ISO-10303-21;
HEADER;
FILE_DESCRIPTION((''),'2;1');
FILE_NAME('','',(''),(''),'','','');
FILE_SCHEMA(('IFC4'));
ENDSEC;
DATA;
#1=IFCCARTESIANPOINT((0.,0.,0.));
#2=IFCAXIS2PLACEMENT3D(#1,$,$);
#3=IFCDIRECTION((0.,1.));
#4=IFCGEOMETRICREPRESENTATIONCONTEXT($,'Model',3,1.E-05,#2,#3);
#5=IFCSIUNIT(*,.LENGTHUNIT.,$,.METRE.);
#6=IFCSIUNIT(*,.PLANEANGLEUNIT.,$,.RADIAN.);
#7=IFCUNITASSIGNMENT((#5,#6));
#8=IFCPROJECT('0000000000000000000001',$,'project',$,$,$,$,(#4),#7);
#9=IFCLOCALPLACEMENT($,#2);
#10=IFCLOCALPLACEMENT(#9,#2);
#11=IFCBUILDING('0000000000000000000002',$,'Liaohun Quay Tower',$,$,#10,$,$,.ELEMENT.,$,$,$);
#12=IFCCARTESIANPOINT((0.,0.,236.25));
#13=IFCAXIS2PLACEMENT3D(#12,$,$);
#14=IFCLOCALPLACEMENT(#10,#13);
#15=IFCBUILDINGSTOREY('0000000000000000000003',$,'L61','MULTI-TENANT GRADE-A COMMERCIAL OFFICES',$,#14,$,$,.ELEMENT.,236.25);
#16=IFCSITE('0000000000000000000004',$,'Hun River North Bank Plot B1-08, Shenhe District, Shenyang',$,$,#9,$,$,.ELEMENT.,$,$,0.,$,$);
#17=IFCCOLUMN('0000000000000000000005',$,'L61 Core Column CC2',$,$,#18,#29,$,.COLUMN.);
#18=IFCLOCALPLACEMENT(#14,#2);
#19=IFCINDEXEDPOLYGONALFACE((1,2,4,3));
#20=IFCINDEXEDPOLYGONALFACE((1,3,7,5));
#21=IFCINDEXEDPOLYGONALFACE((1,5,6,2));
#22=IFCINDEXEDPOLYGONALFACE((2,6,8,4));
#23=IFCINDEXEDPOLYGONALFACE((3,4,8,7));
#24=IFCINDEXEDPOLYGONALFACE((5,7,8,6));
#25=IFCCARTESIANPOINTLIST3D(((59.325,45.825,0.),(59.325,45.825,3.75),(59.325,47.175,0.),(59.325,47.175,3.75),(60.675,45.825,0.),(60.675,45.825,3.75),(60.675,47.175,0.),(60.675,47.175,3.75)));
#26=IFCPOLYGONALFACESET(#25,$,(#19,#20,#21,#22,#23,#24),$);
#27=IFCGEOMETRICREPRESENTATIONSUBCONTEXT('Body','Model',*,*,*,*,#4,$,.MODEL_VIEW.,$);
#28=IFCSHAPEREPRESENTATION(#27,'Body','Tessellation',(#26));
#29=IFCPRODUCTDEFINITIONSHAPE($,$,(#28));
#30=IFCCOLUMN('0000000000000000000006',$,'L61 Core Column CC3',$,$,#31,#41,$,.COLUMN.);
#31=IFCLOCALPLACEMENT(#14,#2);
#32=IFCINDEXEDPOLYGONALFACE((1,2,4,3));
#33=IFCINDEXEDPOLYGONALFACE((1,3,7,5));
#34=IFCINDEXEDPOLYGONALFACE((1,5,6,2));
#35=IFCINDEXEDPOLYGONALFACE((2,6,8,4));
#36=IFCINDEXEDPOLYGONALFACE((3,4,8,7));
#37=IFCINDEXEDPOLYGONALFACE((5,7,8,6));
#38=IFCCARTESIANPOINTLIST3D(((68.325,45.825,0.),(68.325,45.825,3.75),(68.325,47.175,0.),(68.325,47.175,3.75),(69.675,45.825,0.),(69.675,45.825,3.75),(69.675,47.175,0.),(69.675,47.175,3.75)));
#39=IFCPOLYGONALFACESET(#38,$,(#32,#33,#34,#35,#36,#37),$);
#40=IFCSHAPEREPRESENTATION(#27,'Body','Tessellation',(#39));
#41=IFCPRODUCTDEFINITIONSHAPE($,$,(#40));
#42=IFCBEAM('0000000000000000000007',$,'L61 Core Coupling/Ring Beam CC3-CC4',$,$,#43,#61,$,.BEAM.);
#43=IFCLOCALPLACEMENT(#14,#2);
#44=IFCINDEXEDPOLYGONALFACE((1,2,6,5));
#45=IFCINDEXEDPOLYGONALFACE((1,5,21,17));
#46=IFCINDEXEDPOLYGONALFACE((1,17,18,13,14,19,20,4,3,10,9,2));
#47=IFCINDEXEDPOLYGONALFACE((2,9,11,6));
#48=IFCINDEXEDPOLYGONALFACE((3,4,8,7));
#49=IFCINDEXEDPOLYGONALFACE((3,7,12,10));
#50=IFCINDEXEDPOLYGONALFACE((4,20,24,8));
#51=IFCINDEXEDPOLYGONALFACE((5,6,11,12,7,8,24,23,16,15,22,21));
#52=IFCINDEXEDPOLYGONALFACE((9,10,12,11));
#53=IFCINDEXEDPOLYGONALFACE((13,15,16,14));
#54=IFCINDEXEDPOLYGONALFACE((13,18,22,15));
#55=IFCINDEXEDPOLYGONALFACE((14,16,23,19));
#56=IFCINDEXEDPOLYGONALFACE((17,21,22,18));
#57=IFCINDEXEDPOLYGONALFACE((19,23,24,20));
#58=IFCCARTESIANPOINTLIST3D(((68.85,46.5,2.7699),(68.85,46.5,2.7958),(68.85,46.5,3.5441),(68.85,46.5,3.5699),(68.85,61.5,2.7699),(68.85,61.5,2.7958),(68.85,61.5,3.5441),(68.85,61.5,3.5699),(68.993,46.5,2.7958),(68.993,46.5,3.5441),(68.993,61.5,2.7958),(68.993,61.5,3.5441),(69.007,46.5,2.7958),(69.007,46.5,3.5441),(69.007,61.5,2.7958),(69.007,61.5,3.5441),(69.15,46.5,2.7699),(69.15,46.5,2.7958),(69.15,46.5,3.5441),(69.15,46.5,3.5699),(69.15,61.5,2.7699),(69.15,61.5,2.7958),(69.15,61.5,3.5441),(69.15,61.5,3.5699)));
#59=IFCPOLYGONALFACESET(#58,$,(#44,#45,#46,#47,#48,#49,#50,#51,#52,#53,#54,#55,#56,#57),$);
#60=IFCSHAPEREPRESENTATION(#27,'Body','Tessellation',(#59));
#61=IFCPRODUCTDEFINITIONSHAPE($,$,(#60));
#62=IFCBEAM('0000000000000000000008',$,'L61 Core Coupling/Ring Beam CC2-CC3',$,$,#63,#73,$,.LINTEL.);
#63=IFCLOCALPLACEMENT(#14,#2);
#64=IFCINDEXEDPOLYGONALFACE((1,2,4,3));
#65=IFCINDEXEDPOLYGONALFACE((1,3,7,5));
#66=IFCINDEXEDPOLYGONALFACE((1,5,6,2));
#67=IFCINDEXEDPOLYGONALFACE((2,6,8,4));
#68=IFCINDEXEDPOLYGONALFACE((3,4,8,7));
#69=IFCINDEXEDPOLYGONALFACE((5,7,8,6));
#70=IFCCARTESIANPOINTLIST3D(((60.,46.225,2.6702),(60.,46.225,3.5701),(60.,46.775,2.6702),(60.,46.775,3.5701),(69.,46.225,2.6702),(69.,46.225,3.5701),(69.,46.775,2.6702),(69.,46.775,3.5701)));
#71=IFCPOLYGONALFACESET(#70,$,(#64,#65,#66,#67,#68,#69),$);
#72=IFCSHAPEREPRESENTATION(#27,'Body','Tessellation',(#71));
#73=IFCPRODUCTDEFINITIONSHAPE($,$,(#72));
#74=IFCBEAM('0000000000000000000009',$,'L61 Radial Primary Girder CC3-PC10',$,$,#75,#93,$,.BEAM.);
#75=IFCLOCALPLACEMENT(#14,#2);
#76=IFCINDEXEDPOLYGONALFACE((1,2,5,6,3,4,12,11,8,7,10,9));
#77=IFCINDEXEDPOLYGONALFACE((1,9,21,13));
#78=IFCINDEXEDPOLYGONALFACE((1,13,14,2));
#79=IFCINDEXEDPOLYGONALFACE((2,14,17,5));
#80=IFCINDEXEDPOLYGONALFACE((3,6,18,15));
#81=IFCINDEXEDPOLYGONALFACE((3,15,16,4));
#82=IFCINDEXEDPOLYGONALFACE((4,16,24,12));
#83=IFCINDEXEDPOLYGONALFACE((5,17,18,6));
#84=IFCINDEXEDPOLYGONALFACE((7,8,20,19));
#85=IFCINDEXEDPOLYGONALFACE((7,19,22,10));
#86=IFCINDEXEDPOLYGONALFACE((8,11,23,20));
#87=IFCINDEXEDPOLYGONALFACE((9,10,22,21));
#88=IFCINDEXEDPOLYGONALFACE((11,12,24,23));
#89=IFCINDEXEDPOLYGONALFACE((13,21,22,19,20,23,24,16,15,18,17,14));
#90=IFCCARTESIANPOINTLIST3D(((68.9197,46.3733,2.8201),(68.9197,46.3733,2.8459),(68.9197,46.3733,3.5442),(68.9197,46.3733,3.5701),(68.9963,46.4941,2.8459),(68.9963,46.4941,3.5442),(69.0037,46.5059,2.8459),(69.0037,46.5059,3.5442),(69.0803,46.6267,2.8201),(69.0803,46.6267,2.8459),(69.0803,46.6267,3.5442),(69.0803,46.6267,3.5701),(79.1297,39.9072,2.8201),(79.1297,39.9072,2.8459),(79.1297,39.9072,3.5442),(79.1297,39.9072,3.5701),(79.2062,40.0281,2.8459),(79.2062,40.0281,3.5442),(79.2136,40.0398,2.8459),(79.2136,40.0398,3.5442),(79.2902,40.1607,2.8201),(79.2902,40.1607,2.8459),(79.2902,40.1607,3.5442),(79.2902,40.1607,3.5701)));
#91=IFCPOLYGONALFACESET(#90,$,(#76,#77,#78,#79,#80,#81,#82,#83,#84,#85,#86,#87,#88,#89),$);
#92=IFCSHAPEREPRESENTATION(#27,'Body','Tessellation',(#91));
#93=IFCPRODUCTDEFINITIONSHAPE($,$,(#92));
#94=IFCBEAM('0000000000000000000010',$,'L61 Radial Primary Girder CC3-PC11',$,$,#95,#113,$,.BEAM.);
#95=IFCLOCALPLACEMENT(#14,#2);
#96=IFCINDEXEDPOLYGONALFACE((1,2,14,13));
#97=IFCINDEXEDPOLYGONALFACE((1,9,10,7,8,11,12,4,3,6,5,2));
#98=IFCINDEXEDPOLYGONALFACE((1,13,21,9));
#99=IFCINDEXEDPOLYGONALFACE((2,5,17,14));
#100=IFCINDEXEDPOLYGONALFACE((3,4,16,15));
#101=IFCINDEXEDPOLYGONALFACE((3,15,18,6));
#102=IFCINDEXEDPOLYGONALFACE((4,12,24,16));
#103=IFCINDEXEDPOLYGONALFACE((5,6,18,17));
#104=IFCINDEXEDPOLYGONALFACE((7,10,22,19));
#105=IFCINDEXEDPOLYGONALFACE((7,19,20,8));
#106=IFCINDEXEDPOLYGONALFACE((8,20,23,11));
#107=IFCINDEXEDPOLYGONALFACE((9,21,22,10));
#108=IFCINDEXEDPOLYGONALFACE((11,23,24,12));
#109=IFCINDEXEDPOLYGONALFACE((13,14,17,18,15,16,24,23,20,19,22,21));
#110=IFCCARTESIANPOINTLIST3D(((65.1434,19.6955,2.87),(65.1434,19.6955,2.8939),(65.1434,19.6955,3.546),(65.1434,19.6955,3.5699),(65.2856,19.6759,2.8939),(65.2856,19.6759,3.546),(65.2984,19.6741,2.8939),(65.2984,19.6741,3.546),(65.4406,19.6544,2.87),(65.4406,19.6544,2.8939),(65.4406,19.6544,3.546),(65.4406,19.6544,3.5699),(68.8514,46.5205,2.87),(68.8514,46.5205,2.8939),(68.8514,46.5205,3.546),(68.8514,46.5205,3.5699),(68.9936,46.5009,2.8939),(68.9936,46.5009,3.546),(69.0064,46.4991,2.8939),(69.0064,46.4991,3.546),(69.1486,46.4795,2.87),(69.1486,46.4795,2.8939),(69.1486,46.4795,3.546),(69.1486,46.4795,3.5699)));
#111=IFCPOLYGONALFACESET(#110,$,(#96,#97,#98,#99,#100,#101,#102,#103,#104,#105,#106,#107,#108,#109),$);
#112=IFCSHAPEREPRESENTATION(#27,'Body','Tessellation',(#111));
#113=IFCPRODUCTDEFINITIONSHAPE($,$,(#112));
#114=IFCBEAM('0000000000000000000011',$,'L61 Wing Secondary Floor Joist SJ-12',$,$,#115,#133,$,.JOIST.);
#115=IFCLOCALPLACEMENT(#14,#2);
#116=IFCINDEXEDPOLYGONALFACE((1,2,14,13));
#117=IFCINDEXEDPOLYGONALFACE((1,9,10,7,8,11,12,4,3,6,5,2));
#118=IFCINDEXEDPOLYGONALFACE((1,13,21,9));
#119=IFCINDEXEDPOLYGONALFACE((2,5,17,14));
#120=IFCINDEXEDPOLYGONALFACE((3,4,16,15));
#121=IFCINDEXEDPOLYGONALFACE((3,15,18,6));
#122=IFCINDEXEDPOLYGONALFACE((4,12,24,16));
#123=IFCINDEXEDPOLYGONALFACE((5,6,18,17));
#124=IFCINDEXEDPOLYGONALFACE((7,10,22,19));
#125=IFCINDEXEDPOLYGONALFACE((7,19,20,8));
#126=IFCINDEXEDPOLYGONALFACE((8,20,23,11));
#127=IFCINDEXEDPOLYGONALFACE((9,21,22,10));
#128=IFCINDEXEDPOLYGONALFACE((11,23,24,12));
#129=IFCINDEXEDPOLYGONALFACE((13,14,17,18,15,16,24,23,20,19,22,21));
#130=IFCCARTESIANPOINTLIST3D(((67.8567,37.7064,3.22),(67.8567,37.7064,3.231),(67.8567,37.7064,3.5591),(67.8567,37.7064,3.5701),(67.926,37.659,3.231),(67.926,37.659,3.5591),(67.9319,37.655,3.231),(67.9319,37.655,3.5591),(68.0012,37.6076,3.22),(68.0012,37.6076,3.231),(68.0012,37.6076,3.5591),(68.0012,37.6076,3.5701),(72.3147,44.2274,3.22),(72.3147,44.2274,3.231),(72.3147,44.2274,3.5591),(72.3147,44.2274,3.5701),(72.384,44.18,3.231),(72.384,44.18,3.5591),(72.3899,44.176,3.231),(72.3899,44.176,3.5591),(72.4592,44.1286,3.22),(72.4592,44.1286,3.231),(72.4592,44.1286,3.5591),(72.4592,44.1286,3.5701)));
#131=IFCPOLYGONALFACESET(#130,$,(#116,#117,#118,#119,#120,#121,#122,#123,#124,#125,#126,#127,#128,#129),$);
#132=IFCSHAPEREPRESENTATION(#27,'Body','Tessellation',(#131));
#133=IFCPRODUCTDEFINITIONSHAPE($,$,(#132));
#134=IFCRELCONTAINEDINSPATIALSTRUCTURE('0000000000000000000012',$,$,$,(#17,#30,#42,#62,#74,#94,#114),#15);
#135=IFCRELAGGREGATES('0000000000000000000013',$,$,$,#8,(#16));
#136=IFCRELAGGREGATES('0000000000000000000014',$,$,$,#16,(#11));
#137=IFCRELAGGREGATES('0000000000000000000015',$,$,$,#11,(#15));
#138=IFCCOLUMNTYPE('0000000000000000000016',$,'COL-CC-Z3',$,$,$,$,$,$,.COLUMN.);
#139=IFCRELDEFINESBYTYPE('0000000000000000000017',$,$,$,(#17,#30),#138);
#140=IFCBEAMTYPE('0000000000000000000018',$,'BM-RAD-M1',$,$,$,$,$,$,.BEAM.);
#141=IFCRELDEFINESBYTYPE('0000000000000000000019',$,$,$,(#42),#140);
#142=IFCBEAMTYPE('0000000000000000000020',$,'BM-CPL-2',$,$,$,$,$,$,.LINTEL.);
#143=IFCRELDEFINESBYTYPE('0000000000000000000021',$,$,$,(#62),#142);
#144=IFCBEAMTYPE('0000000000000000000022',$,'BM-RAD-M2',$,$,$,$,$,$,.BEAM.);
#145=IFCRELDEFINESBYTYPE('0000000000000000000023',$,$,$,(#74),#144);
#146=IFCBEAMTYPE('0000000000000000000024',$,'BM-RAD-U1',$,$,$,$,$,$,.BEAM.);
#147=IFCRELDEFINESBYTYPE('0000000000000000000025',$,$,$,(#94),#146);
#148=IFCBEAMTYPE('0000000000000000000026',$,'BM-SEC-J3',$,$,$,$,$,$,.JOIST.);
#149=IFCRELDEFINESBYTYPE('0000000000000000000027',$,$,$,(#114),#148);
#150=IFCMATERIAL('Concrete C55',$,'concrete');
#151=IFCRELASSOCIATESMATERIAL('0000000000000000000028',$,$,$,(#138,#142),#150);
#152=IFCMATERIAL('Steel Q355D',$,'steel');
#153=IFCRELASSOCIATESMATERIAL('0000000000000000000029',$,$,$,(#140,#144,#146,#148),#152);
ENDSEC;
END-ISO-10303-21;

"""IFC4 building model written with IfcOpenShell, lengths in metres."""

from ifc_helpers import new_model, si_unit, direction, frame, origin, origin_2d, place, context, subcontext, project, spatial, rectangle, i_section, extrude, source, transform, mapped, material, material_profile, profile_set, type_object, element, save


model = new_model("IFC4")

# Units and contexts
model_context = context("Model", 3, precision=1e-05, world=origin(), true_north=direction((0.0, 1.0)))
body_context = subcontext(model_context, "Body", "Model", "MODEL_VIEW")
ifc_project = project(units=[si_unit("LENGTHUNIT", "METRE"), si_unit("PLANEANGLEUNIT", "RADIAN")], contexts=[model_context])

# Site, building, storey
site_placement = place(None, origin())
site = spatial("IfcSite", under=ifc_project, at=site_placement, Name="Hun River North Bank Plot B1-08, Shenhe District, Shenyang", CompositionType="ELEMENT", RefElevation=0.0)
building_placement = place(site_placement, origin())
building = spatial("IfcBuilding", under=site, at=building_placement, Name="Liaohun Quay Tower", CompositionType="ELEMENT")
storey_placement = place(building_placement, frame((0.0, 0.0, 236.25)))
storey = spatial("IfcBuildingStorey", under=building, at=storey_placement, Name="L61", Description="MULTI-TENANT GRADE-A COMMERCIAL OFFICES", CompositionType="ELEMENT", Elevation=236.25)

# Columns
ifc_material_1 = material(Name="Concrete C55", Category="concrete")
ifc_material_profile_1 = material_profile(ifc_material_1, rectangle(XDim=1.3501, YDim=1.3501, at=origin_2d()), Name="RC1350x1350")
ifc_profile_set_1 = profile_set([ifc_material_profile_1], Name="Concrete C55")
column_type = type_object("IfcColumnType", Name="COL-CC-Z3", PredefinedType="COLUMN", material=ifc_profile_set_1)
shared_shape_1 = source(origin(), body_context, "Body", "SweptSolid", [
    extrude(rectangle(XDim=1.3501, YDim=1.3501, at=origin_2d()), origin(), (0.0, 0.0, 1.0), 3.75),
])
for number, where, z_axis, x_axis, name in (
    (1, (60.0, 46.5, 0.0), (0.0, 0.0, 1.0), (1.0, 0.0, 0.0), "L61 Core Column CC2"),
    (2, (69.0, 46.5, 0.0), (0.0, 0.0, 1.0), (1.0, 0.0, 0.0), "L61 Core Column CC3"),
):
    element("IfcColumn", number, at=place(storey_placement, frame(where, z_axis=z_axis, x_axis=x_axis)), inside=storey, type_object=column_type, Name=name, PredefinedType="COLUMN", context=body_context, shape_type="MappedRepresentation", body=[
        mapped(shared_shape_1, transform((0.0, 0.0, 0.0), x_axis=(1.0, 0.0, 0.0), y_axis=(0.0, 1.0, 0.0), z_axis=(0.0, 0.0, 1.0), scale=1.0)),
    ])

# Beams
ifc_material_2 = material(Name="Steel Q355D", Category="steel")
ifc_material_profile_2 = material_profile(ifc_material_2, i_section(OverallWidth=0.3, OverallDepth=0.8, WebThickness=0.0139, FlangeThickness=0.0259, at=origin_2d()), Name="HN800x300x14x26")
ifc_profile_set_2 = profile_set([ifc_material_profile_2], Name="Steel Q355D")
beam_type_1 = type_object("IfcBeamType", Name="BM-RAD-M1", PredefinedType="BEAM", material=ifc_profile_set_2)
shared_shape_2 = source(origin(), body_context, "Body", "SweptSolid", [
    extrude(i_section(OverallWidth=0.3, OverallDepth=0.8, WebThickness=0.0139, FlangeThickness=0.0259, at=origin_2d()), origin(), (0.0, 0.0, 1.0), 15.0),
])
beam_1_placement = place(storey_placement, frame((69.0, 46.5, 3.1699), z_axis=(0.0, 1.0, 0.0), x_axis=(-1.0, 0.0, 0.0)))
element("IfcBeam", 3, at=beam_1_placement, inside=storey, type_object=beam_type_1, Name="L61 Core Coupling/Ring Beam CC3-CC4", PredefinedType="BEAM", context=body_context, shape_type="MappedRepresentation", body=[
    mapped(shared_shape_2, transform((0.0, 0.0, 0.0), x_axis=(1.0, 0.0, 0.0), y_axis=(0.0, 1.0, 0.0), z_axis=(0.0, 0.0, 1.0), scale=1.0)),
])
ifc_material_profile_3 = material_profile(ifc_material_1, rectangle(XDim=0.55, YDim=0.8999, at=origin_2d()), Name="RC550x900")
ifc_profile_set_3 = profile_set([ifc_material_profile_3], Name="Concrete C55")
beam_type_2 = type_object("IfcBeamType", Name="BM-CPL-2", PredefinedType="LINTEL", material=ifc_profile_set_3)
shared_shape_3 = source(origin(), body_context, "Body", "SweptSolid", [
    extrude(rectangle(XDim=0.55, YDim=0.8999, at=origin_2d()), origin(), (0.0, 0.0, 1.0), 9.0),
])
beam_2_placement = place(storey_placement, frame((60.0, 46.5, 3.1201), z_axis=(1.0, 0.0, 0.0), x_axis=(0.0, 1.0, 0.0)))
element("IfcBeam", 4, at=beam_2_placement, inside=storey, type_object=beam_type_2, Name="L61 Core Coupling/Ring Beam CC2-CC3", PredefinedType="LINTEL", context=body_context, shape_type="MappedRepresentation", body=[
    mapped(shared_shape_3, transform((0.0, 0.0, 0.0), x_axis=(1.0, 0.0, 0.0), y_axis=(0.0, 1.0, 0.0), z_axis=(0.0, 0.0, 1.0), scale=1.0)),
])
ifc_material_profile_4 = material_profile(ifc_material_2, i_section(OverallWidth=0.3, OverallDepth=0.75, WebThickness=0.0139, FlangeThickness=0.0259, at=origin_2d()), Name="HN750x300x14x26")
ifc_profile_set_4 = profile_set([ifc_material_profile_4], Name="Steel Q355D")
beam_type_3 = type_object("IfcBeamType", Name="BM-RAD-M2", PredefinedType="BEAM", material=ifc_profile_set_4)
shared_shape_4 = source(origin(), body_context, "Body", "SweptSolid", [
    extrude(i_section(OverallWidth=0.3, OverallDepth=0.75, WebThickness=0.0139, FlangeThickness=0.0259, at=origin_2d()), origin(), (0.0, 0.0, 1.0), 12.0852),
])
beam_3_placement = place(storey_placement, frame((69.0, 46.5, 3.1951), z_axis=(0.844828, -0.535038, 0.0), x_axis=(0.535038, 0.844828, 0.0)))
element("IfcBeam", 5, at=beam_3_placement, inside=storey, type_object=beam_type_3, Name="L61 Radial Primary Girder CC3-PC10", PredefinedType="BEAM", context=body_context, shape_type="MappedRepresentation", body=[
    mapped(shared_shape_4, transform((0.0, 0.0, 0.0), x_axis=(1.0, 0.0, 0.0), y_axis=(0.0, 1.0, 0.0), z_axis=(0.0, 0.0, 1.0), scale=1.0)),
])
ifc_material_profile_5 = material_profile(ifc_material_2, i_section(OverallWidth=0.3, OverallDepth=0.7, WebThickness=0.0129, FlangeThickness=0.0239, at=origin_2d()), Name="HN700x300x13x24")
ifc_profile_set_5 = profile_set([ifc_material_profile_5], Name="Steel Q355D")
beam_type_4 = type_object("IfcBeamType", Name="BM-RAD-U1", PredefinedType="BEAM", material=ifc_profile_set_5)
shared_shape_5 = source(origin(), body_context, "Body", "SweptSolid", [
    extrude(i_section(OverallWidth=0.3, OverallDepth=0.7, WebThickness=0.0129, FlangeThickness=0.0239, at=origin_2d()), origin(), (0.0, 0.0, 1.0), 27.0801),
])
beam_4_placement = place(storey_placement, frame((69.0, 46.5, 3.22), z_axis=(-0.136928, -0.990581, 0.0), x_axis=(0.990581, -0.136928, 0.0)))
element("IfcBeam", 6, at=beam_4_placement, inside=storey, type_object=beam_type_4, Name="L61 Radial Primary Girder CC3-PC11", PredefinedType="BEAM", context=body_context, shape_type="MappedRepresentation", body=[
    mapped(shared_shape_5, transform((0.0, 0.0, 0.0), x_axis=(1.0, 0.0, 0.0), y_axis=(0.0, 1.0, 0.0), z_axis=(0.0, 0.0, 1.0), scale=1.0)),
])
ifc_material_profile_6 = material_profile(ifc_material_2, i_section(OverallWidth=0.175, OverallDepth=0.3501, WebThickness=0.0071, FlangeThickness=0.011, at=origin_2d()), Name="HN350x175x7x11")
ifc_profile_set_6 = profile_set([ifc_material_profile_6], Name="Steel Q355D")
beam_type_5 = type_object("IfcBeamType", Name="BM-SEC-J3", PredefinedType="JOIST", material=ifc_profile_set_6)
shared_shape_6 = source(origin(), body_context, "Body", "SweptSolid", [
    extrude(i_section(OverallWidth=0.175, OverallDepth=0.3501, WebThickness=0.0071, FlangeThickness=0.011, at=origin_2d()), origin(), (0.0, 0.0, 1.0), 7.8992),
])
beam_5_placement = place(storey_placement, frame((72.387, 44.178, 3.395), z_axis=(-0.564363, -0.825527, 0.0), x_axis=(0.825527, -0.564363, 0.0)))
element("IfcBeam", 7, at=beam_5_placement, inside=storey, type_object=beam_type_5, Name="L61 Wing Secondary Floor Joist SJ-12", PredefinedType="JOIST", context=body_context, shape_type="MappedRepresentation", body=[
    mapped(shared_shape_6, transform((0.0, 0.0, 0.0), x_axis=(1.0, 0.0, 0.0), y_axis=(0.0, 1.0, 0.0), z_axis=(0.0, 0.0, 1.0), scale=1.0)),
])

save(model, "model.ifc")
